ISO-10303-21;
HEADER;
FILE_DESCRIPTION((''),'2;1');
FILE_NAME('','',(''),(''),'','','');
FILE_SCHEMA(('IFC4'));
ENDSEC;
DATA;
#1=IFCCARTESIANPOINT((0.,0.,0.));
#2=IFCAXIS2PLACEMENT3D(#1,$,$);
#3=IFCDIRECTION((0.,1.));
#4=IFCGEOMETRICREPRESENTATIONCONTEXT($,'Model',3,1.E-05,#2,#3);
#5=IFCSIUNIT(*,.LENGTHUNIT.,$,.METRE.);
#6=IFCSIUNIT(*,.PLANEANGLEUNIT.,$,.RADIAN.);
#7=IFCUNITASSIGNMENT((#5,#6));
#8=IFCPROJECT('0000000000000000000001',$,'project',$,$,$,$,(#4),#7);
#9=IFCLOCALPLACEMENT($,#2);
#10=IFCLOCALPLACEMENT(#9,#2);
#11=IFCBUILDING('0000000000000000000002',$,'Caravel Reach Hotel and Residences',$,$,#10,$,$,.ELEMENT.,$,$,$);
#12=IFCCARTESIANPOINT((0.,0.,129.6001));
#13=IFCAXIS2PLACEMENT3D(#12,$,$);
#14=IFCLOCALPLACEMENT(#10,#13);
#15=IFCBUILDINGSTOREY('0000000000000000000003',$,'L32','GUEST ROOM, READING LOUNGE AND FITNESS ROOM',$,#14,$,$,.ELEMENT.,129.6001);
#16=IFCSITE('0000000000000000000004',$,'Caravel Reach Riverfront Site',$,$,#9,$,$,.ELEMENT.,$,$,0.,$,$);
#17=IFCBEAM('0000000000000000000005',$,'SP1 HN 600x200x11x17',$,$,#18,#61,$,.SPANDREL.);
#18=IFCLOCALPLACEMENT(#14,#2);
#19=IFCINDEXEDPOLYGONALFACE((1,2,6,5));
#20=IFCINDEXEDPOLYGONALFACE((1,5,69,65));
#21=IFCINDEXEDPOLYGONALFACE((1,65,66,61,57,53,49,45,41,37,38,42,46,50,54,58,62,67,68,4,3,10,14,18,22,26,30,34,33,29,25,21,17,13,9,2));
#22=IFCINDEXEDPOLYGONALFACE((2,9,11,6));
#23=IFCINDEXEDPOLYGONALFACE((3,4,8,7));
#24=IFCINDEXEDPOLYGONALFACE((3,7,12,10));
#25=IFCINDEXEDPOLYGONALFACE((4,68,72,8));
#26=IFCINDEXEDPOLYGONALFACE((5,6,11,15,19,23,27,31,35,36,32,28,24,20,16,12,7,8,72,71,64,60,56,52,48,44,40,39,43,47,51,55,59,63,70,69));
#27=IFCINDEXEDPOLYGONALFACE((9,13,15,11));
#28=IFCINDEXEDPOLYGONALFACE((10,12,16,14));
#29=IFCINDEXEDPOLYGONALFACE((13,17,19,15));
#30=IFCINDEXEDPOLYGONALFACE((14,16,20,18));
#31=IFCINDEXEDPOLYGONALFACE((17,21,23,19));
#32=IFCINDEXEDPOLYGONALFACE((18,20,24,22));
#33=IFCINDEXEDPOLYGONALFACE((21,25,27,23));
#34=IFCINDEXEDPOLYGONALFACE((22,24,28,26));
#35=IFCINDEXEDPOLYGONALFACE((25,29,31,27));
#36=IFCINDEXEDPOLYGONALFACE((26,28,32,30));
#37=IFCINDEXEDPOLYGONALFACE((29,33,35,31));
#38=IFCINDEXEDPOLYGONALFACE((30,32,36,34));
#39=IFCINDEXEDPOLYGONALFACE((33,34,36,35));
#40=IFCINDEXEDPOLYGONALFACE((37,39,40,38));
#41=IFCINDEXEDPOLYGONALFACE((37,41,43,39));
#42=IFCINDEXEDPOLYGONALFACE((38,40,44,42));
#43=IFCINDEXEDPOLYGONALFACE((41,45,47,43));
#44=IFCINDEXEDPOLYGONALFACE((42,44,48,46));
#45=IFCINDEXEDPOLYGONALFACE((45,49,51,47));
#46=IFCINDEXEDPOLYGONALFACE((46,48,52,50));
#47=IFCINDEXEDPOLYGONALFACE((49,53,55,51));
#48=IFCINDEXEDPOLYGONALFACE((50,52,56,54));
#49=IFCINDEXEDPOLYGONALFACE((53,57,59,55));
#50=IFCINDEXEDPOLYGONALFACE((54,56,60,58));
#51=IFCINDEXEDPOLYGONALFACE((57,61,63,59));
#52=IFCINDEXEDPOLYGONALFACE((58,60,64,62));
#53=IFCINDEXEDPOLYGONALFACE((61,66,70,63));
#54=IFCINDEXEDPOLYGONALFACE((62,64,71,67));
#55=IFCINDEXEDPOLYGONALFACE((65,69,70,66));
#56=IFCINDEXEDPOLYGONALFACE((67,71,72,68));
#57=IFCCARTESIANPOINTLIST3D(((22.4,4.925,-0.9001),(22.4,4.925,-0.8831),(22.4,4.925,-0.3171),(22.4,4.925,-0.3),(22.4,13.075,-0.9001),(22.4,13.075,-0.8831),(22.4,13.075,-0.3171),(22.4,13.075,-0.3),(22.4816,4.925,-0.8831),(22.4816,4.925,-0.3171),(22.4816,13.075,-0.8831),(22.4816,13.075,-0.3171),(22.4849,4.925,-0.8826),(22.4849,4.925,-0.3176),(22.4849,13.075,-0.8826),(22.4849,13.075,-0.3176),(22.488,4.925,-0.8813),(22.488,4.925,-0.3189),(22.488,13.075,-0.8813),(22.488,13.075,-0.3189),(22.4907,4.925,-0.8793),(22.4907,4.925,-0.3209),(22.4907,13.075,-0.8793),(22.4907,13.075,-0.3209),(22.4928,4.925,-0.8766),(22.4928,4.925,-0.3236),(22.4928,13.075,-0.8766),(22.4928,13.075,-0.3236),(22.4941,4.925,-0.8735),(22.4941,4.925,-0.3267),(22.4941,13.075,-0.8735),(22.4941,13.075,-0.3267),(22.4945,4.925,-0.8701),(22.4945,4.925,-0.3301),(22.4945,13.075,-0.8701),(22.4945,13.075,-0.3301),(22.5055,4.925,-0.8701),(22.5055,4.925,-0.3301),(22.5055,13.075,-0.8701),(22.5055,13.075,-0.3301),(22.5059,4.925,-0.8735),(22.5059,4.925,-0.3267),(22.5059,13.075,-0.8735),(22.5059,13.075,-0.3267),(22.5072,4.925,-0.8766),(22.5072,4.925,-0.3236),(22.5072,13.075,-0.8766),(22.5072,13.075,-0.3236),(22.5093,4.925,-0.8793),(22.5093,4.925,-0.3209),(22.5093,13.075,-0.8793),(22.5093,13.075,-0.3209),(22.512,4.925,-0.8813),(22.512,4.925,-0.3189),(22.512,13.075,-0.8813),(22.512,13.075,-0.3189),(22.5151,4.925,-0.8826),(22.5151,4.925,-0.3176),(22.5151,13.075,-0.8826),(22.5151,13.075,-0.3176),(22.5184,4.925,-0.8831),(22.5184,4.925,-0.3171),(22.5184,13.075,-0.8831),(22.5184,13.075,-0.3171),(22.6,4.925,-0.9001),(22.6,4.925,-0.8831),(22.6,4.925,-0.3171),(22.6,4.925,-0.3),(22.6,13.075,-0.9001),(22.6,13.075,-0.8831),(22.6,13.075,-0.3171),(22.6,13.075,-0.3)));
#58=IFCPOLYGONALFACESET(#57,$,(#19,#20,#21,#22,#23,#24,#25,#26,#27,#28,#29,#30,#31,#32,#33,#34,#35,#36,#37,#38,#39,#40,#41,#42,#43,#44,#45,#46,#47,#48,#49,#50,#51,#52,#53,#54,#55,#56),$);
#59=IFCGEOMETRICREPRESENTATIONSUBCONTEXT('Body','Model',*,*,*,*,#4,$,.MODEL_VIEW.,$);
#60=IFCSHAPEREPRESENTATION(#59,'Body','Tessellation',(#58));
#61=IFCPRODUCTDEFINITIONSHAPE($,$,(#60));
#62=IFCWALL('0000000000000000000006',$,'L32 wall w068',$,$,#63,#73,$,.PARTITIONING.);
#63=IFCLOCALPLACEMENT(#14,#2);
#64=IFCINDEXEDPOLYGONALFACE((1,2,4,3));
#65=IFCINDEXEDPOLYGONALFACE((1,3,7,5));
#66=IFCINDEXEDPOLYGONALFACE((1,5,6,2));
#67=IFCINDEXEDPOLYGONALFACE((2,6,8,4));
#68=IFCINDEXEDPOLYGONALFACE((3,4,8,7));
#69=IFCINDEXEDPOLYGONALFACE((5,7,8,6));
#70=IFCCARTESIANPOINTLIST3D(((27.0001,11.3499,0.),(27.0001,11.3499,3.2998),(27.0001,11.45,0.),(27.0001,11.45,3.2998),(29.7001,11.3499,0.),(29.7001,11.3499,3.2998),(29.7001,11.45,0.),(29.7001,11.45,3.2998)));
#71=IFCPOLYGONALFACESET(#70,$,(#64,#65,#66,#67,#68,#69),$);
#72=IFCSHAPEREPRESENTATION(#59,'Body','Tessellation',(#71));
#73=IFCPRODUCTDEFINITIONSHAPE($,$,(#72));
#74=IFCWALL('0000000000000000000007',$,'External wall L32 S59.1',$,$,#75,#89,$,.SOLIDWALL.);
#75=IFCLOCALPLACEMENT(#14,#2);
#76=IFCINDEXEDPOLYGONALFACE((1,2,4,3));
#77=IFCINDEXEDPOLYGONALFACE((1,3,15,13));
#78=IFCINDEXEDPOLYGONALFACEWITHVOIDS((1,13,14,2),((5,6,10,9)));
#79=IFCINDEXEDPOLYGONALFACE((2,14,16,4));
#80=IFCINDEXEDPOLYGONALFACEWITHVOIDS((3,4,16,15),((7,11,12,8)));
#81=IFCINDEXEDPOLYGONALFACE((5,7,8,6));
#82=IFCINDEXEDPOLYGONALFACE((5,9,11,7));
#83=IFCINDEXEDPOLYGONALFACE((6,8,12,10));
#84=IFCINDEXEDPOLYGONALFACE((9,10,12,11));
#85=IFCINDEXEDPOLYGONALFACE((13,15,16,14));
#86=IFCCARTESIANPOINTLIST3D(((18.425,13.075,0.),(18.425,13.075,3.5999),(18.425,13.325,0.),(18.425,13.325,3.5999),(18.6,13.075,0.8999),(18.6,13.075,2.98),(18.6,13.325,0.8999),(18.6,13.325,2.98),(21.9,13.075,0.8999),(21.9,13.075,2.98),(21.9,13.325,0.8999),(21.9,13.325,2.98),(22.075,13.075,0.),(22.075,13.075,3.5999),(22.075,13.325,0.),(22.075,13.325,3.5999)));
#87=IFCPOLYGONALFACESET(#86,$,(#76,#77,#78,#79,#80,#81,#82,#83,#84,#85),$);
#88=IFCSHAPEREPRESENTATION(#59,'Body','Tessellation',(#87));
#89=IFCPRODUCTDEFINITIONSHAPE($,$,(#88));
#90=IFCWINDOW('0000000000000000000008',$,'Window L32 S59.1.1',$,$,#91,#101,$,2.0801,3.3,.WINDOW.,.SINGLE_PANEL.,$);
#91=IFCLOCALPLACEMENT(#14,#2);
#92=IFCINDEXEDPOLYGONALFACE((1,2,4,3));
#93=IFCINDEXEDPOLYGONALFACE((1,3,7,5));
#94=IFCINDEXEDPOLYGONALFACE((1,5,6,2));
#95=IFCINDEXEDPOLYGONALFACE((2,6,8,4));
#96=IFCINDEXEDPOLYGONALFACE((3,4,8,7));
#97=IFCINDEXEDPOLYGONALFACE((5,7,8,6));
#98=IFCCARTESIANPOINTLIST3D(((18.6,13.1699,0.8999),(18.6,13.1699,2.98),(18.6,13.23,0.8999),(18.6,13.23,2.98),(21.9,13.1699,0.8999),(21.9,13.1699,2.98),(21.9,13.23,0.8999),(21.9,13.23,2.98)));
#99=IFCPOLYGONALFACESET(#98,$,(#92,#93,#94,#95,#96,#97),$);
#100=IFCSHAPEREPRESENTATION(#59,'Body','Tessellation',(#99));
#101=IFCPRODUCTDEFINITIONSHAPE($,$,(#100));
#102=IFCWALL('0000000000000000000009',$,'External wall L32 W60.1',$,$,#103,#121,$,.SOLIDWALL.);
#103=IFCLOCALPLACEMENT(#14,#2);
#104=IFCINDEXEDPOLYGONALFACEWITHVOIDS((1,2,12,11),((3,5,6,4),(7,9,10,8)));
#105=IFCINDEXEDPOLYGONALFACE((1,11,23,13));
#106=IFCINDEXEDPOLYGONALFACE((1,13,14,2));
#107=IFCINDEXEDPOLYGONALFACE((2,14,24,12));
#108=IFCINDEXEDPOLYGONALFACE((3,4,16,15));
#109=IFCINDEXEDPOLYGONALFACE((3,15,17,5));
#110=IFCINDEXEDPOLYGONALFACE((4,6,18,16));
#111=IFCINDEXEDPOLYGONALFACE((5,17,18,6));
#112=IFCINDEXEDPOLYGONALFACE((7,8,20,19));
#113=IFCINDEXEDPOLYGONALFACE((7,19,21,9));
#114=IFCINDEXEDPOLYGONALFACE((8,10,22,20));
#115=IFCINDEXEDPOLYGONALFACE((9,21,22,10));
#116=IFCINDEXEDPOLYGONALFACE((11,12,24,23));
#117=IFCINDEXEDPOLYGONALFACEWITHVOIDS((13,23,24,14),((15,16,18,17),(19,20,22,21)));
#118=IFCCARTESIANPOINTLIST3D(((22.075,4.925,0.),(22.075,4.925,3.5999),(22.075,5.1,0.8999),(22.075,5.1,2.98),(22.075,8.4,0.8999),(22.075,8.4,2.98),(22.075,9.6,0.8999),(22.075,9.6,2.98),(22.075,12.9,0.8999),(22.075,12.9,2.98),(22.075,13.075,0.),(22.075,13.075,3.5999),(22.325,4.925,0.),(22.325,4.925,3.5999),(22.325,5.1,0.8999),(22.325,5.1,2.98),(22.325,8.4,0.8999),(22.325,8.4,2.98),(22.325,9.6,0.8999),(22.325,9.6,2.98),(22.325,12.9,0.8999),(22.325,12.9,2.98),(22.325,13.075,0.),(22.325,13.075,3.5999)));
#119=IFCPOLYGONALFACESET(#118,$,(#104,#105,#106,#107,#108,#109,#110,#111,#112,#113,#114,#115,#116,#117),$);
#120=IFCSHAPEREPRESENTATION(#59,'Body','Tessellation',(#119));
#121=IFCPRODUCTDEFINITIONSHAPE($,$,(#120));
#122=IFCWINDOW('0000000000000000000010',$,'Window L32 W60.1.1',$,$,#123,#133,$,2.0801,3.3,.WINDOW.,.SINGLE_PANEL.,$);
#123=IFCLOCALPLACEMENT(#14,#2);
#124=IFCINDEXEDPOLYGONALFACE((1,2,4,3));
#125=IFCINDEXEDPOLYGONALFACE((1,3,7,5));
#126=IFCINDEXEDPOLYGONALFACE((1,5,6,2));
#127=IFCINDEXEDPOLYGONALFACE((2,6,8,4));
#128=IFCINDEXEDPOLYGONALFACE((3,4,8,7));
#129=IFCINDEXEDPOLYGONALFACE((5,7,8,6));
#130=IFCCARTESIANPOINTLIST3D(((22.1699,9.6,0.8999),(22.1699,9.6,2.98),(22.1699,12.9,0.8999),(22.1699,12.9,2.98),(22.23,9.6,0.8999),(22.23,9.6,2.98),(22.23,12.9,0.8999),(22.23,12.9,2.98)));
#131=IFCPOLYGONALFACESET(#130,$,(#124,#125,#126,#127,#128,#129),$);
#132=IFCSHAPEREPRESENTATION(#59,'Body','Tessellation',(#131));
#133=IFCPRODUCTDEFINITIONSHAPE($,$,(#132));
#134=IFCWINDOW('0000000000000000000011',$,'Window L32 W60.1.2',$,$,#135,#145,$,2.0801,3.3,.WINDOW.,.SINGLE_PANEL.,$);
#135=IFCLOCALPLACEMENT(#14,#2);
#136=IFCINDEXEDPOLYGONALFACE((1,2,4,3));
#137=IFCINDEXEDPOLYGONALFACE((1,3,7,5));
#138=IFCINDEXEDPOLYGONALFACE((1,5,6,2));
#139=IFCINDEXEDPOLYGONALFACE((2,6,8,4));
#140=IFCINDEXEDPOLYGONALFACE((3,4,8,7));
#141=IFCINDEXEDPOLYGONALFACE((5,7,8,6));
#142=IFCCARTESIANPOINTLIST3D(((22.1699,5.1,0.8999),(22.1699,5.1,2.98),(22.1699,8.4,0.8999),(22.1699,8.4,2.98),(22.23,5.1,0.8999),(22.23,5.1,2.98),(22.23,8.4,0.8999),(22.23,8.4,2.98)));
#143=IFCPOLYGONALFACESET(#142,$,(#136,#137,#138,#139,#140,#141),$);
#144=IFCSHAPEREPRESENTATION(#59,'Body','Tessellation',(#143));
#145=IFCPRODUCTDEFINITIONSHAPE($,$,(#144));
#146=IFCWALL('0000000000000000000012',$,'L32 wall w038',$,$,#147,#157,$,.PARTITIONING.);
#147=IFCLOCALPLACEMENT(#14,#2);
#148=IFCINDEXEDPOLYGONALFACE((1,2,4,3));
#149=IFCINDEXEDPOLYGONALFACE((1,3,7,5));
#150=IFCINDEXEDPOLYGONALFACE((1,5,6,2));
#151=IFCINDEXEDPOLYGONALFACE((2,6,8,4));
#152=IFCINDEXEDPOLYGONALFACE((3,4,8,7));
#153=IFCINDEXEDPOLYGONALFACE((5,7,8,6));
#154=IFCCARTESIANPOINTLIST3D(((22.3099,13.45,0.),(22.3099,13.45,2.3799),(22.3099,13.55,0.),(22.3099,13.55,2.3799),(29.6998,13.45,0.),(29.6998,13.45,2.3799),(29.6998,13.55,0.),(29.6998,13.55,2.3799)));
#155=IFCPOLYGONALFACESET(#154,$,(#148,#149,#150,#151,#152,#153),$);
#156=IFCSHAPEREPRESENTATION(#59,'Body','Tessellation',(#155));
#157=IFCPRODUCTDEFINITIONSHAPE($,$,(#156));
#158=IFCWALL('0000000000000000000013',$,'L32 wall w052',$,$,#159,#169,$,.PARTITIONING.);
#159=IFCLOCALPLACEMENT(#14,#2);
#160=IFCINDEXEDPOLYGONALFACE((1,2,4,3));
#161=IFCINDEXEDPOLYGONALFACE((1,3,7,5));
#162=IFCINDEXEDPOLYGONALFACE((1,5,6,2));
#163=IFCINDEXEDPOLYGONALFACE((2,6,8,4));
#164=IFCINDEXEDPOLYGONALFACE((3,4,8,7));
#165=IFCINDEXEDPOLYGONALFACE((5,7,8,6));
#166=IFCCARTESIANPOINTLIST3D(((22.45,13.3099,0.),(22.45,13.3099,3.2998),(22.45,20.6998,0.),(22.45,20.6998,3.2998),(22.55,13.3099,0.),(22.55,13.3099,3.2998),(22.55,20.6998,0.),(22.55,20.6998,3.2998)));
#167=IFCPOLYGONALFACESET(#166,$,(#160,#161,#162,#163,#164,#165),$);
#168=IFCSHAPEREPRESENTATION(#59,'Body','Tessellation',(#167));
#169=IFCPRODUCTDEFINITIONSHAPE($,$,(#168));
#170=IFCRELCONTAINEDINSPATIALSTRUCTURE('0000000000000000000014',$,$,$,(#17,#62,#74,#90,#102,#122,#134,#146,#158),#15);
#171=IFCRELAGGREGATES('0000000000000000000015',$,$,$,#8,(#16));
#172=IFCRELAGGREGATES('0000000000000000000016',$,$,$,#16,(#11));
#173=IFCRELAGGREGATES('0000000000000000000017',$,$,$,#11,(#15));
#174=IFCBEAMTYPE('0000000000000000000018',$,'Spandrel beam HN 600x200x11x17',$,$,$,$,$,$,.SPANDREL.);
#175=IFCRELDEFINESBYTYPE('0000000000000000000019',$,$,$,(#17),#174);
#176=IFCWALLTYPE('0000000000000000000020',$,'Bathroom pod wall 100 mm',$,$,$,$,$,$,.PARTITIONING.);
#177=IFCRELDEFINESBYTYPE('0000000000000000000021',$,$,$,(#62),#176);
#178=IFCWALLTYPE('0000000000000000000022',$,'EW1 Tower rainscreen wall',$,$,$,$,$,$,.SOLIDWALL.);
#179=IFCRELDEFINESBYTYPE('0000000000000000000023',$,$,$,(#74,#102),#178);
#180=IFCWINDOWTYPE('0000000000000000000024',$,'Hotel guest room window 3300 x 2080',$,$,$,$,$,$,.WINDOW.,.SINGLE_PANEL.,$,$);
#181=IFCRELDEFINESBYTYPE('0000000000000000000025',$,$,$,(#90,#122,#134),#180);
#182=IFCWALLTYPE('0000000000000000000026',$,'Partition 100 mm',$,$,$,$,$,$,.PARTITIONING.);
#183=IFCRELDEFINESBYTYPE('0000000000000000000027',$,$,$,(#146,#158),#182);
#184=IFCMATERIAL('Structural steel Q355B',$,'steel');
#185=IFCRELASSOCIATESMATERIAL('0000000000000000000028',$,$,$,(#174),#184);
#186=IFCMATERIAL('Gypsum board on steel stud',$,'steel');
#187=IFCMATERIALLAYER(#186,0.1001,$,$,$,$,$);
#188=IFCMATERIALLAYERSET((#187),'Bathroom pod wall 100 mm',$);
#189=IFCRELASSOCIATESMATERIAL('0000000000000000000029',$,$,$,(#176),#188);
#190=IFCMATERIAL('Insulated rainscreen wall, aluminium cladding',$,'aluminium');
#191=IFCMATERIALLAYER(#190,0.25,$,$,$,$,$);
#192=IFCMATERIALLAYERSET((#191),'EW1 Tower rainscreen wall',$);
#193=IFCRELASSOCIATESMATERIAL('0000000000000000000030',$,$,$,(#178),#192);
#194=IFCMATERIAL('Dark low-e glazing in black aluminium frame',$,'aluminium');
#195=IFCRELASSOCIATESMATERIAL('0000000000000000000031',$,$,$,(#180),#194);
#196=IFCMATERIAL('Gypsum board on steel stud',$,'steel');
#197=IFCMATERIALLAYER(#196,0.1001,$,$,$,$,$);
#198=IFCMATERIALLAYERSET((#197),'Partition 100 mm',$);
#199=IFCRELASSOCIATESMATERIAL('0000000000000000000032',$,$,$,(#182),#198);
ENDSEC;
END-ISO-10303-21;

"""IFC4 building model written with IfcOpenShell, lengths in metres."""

from ifc_helpers import new_model, si_unit, direction, frame, frame_2d, origin, origin_2d, place, context, subcontext, project, spatial, rectangle, i_section, extrude, material, layer, layer_set, material_profile, profile_set, type_object, element, fill, save


model = new_model("IFC4")

# Units and contexts
model_context = context("Model", 3, precision=1e-05, world=origin(), true_north=direction((0.0, 1.0)))
body_context = subcontext(model_context, "Body", "Model", "MODEL_VIEW")
ifc_project = project(units=[si_unit("LENGTHUNIT", "METRE"), si_unit("PLANEANGLEUNIT", "RADIAN")], contexts=[model_context])

# Site, building, storey
site_placement = place(None, origin())
site = spatial("IfcSite", under=ifc_project, at=site_placement, Name="Caravel Reach Riverfront Site", CompositionType="ELEMENT", RefElevation=0.0)
building_placement = place(site_placement, origin())
building = spatial("IfcBuilding", under=site, at=building_placement, Name="Caravel Reach Hotel and Residences", CompositionType="ELEMENT")
storey_placement = place(building_placement, frame((0.0, 0.0, 129.6001)))
storey = spatial("IfcBuildingStorey", under=building, at=storey_placement, Name="L32", Description="GUEST ROOM, READING LOUNGE AND FITNESS ROOM", CompositionType="ELEMENT", Elevation=129.6001)

# Beam
ifc_material_1 = material(Name="Structural steel Q355B", Category="steel")
ifc_material_profile_1 = material_profile(ifc_material_1, i_section(OverallWidth=0.2, OverallDepth=0.6001, WebThickness=0.011, FlangeThickness=0.0171, FilletRadius=0.0129, at=origin_2d()), Name="HN 600x200x11x17")
ifc_profile_set_1 = profile_set([ifc_material_profile_1], Name="Structural steel Q355B")
beam_type_1 = type_object("IfcBeamType", Name="Spandrel beam HN 600x200x11x17", PredefinedType="SPANDREL", material=ifc_profile_set_1)
beam_1_placement = place(storey_placement, frame((22.5, 13.075, -0.6001), z_axis=(0.0, -1.0, 0.0), x_axis=(1.0, 0.0, 0.0)))
element("IfcBeam", 1, at=beam_1_placement, inside=storey, type_object=beam_type_1, Name="SP1 HN 600x200x11x17", PredefinedType="SPANDREL", context=body_context, shape_type="SweptSolid", body=[
    extrude(i_section(OverallWidth=0.2, OverallDepth=0.6001, WebThickness=0.011, FlangeThickness=0.0171, FilletRadius=0.0129, at=origin_2d()), origin(), (0.0, 0.0, 1.0), 8.1499),
])

# Wall
ifc_material_2 = material(Name="Gypsum board on steel stud", Category="steel")
ifc_layer_1 = layer(ifc_material_2, 0.1001)
ifc_layer_set_1 = layer_set([ifc_layer_1], Name="Bathroom pod wall 100 mm")
wall_type_1 = type_object("IfcWallType", Name="Bathroom pod wall 100 mm", PredefinedType="PARTITIONING", material=ifc_layer_set_1)
wall_1_placement = place(storey_placement, frame((27.0, 11.3999, 0.0), z_axis=(0.0, 0.0, 1.0), x_axis=(1.0, 0.0, 0.0)))
element("IfcWall", 2, at=wall_1_placement, inside=storey, type_object=wall_type_1, Name="L32 wall w068", PredefinedType="PARTITIONING", context=body_context, shape_type="SweptSolid", body=[
    extrude(rectangle(XDim=2.7, YDim=0.1001, at=frame_2d((1.3501, 0.0))), origin(), (0.0, 0.0, 1.0), 3.2998),
])

# Wall, opening, window
ifc_material_3 = material(Name="Insulated rainscreen wall, aluminium cladding", Category="aluminium")
ifc_layer_2 = layer(ifc_material_3, 0.25)
ifc_layer_set_2 = layer_set([ifc_layer_2], Name="EW1 Tower rainscreen wall")
wall_type_2 = type_object("IfcWallType", Name="EW1 Tower rainscreen wall", PredefinedType="SOLIDWALL", material=ifc_layer_set_2)
wall_2_placement = place(storey_placement, frame((18.425, 13.2, 0.0), z_axis=(0.0, 0.0, 1.0), x_axis=(1.0, 0.0, 0.0)))
wall_2 = element("IfcWall", 3, at=wall_2_placement, inside=storey, type_object=wall_type_2, Name="External wall L32 S59.1", PredefinedType="SOLIDWALL", context=body_context, shape_type="SweptSolid", body=[
    extrude(rectangle(XDim=3.6499, YDim=0.25, at=frame_2d((1.825, 0.0))), origin(), (0.0, 0.0, 1.0), 3.5999),
])
opening_1_placement = place(wall_2_placement, frame((0.175, 0.0, 0.8999)))
opening_1 = element("IfcOpeningElement", 4, at=opening_1_placement, cuts=wall_2, PredefinedType="OPENING", context=body_context, shape_type="SweptSolid", body=[
    extrude(rectangle(XDim=3.3, YDim=2.0801, at=frame_2d((1.6499, 1.04))), frame((0.0, 0.135, 0.0), z_axis=(0.0, -1.0, 0.0), x_axis=(1.0, 0.0, 0.0)), (0.0, 0.0, 1.0), 0.27),
])
ifc_material_4 = material(Name="Dark low-e glazing in black aluminium frame", Category="aluminium")
window_type = type_object("IfcWindowType", Name="Hotel guest room window 3300 x 2080", PartitioningType="SINGLE_PANEL", PredefinedType="WINDOW", material=ifc_material_4)
window_1_placement = place(opening_1_placement, origin())
window_1 = element("IfcWindow", 5, at=window_1_placement, inside=storey, type_object=window_type, Name="Window L32 S59.1.1", OverallHeight=2.0801, OverallWidth=3.3, PartitioningType="SINGLE_PANEL", PredefinedType="WINDOW", context=body_context, shape_type="SweptSolid", body=[
    extrude(rectangle(XDim=3.3, YDim=2.0801, at=frame_2d((1.6499, 1.04))), frame((0.0, 0.03, 0.0), z_axis=(0.0, -1.0, 0.0), x_axis=(1.0, 0.0, 0.0)), (0.0, 0.0, 1.0), 0.0601),
])
fill(opening_1, window_1)

# Wall, openings, windows
wall_3_placement = place(storey_placement, frame((22.2, 13.075, 0.0), z_axis=(0.0, 0.0, 1.0), x_axis=(0.0, -1.0, 0.0)))
wall_3 = element("IfcWall", 6, at=wall_3_placement, inside=storey, type_object=wall_type_2, Name="External wall L32 W60.1", PredefinedType="SOLIDWALL", context=body_context, shape_type="SweptSolid", body=[
    extrude(rectangle(XDim=8.1499, YDim=0.25, at=frame_2d((4.075, 0.0))), origin(), (0.0, 0.0, 1.0), 3.5999),
])
opening_2_placement = place(wall_3_placement, frame((0.175, 0.0, 0.8999)))
opening_2 = element("IfcOpeningElement", 7, at=opening_2_placement, cuts=wall_3, PredefinedType="OPENING", context=body_context, shape_type="SweptSolid", body=[
    extrude(rectangle(XDim=3.3, YDim=2.0801, at=frame_2d((1.6499, 1.04))), frame((0.0, 0.135, 0.0), z_axis=(0.0, -1.0, 0.0), x_axis=(1.0, 0.0, 0.0)), (0.0, 0.0, 1.0), 0.27),
])
opening_3_placement = place(wall_3_placement, frame((4.675, 0.0, 0.8999)))
opening_3 = element("IfcOpeningElement", 8, at=opening_3_placement, cuts=wall_3, PredefinedType="OPENING", context=body_context, shape_type="SweptSolid", body=[
    extrude(rectangle(XDim=3.3, YDim=2.0801, at=frame_2d((1.6499, 1.04))), frame((0.0, 0.135, 0.0), z_axis=(0.0, -1.0, 0.0), x_axis=(1.0, 0.0, 0.0)), (0.0, 0.0, 1.0), 0.27),
])
window_2_placement = place(opening_2_placement, origin())
window_2 = element("IfcWindow", 9, at=window_2_placement, inside=storey, type_object=window_type, Name="Window L32 W60.1.1", OverallHeight=2.0801, OverallWidth=3.3, PartitioningType="SINGLE_PANEL", PredefinedType="WINDOW", context=body_context, shape_type="SweptSolid", body=[
    extrude(rectangle(XDim=3.3, YDim=2.0801, at=frame_2d((1.6499, 1.04))), frame((0.0, 0.03, 0.0), z_axis=(0.0, -1.0, 0.0), x_axis=(1.0, 0.0, 0.0)), (0.0, 0.0, 1.0), 0.0601),
])
fill(opening_2, window_2)
window_3_placement = place(opening_3_placement, origin())
window_3 = element("IfcWindow", 10, at=window_3_placement, inside=storey, type_object=window_type, Name="Window L32 W60.1.2", OverallHeight=2.0801, OverallWidth=3.3, PartitioningType="SINGLE_PANEL", PredefinedType="WINDOW", context=body_context, shape_type="SweptSolid", body=[
    extrude(rectangle(XDim=3.3, YDim=2.0801, at=frame_2d((1.6499, 1.04))), frame((0.0, 0.03, 0.0), z_axis=(0.0, -1.0, 0.0), x_axis=(1.0, 0.0, 0.0)), (0.0, 0.0, 1.0), 0.0601),
])
fill(opening_3, window_3)

# Walls
ifc_material_5 = material(Name="Gypsum board on steel stud", Category="steel")
ifc_layer_3 = layer(ifc_material_5, 0.1001)
ifc_layer_set_3 = layer_set([ifc_layer_3], Name="Partition 100 mm")
wall_type_3 = type_object("IfcWallType", Name="Partition 100 mm", PredefinedType="PARTITIONING", material=ifc_layer_set_3)
wall_4_placement = place(storey_placement, frame((22.3101, 13.5, 0.0), z_axis=(0.0, 0.0, 1.0), x_axis=(1.0, 0.0, 0.0)))
element("IfcWall", 11, at=wall_4_placement, inside=storey, type_object=wall_type_3, Name="L32 wall w038", PredefinedType="PARTITIONING", context=body_context, shape_type="SweptSolid", body=[
    extrude(rectangle(XDim=7.3899, YDim=0.1001, at=frame_2d((3.6948, 0.0))), origin(), (0.0, 0.0, 1.0), 2.3799),
])
wall_5_placement = place(storey_placement, frame((22.5, 13.3101, 0.0), z_axis=(0.0, 0.0, 1.0), x_axis=(0.0, 1.0, 0.0)))
element("IfcWall", 12, at=wall_5_placement, inside=storey, type_object=wall_type_3, Name="L32 wall w052", PredefinedType="PARTITIONING", context=body_context, shape_type="SweptSolid", body=[
    extrude(rectangle(XDim=7.3899, YDim=0.1001, at=frame_2d((3.6948, 0.0))), origin(), (0.0, 0.0, 1.0), 3.2998),
])

save(model, "model.ifc")
